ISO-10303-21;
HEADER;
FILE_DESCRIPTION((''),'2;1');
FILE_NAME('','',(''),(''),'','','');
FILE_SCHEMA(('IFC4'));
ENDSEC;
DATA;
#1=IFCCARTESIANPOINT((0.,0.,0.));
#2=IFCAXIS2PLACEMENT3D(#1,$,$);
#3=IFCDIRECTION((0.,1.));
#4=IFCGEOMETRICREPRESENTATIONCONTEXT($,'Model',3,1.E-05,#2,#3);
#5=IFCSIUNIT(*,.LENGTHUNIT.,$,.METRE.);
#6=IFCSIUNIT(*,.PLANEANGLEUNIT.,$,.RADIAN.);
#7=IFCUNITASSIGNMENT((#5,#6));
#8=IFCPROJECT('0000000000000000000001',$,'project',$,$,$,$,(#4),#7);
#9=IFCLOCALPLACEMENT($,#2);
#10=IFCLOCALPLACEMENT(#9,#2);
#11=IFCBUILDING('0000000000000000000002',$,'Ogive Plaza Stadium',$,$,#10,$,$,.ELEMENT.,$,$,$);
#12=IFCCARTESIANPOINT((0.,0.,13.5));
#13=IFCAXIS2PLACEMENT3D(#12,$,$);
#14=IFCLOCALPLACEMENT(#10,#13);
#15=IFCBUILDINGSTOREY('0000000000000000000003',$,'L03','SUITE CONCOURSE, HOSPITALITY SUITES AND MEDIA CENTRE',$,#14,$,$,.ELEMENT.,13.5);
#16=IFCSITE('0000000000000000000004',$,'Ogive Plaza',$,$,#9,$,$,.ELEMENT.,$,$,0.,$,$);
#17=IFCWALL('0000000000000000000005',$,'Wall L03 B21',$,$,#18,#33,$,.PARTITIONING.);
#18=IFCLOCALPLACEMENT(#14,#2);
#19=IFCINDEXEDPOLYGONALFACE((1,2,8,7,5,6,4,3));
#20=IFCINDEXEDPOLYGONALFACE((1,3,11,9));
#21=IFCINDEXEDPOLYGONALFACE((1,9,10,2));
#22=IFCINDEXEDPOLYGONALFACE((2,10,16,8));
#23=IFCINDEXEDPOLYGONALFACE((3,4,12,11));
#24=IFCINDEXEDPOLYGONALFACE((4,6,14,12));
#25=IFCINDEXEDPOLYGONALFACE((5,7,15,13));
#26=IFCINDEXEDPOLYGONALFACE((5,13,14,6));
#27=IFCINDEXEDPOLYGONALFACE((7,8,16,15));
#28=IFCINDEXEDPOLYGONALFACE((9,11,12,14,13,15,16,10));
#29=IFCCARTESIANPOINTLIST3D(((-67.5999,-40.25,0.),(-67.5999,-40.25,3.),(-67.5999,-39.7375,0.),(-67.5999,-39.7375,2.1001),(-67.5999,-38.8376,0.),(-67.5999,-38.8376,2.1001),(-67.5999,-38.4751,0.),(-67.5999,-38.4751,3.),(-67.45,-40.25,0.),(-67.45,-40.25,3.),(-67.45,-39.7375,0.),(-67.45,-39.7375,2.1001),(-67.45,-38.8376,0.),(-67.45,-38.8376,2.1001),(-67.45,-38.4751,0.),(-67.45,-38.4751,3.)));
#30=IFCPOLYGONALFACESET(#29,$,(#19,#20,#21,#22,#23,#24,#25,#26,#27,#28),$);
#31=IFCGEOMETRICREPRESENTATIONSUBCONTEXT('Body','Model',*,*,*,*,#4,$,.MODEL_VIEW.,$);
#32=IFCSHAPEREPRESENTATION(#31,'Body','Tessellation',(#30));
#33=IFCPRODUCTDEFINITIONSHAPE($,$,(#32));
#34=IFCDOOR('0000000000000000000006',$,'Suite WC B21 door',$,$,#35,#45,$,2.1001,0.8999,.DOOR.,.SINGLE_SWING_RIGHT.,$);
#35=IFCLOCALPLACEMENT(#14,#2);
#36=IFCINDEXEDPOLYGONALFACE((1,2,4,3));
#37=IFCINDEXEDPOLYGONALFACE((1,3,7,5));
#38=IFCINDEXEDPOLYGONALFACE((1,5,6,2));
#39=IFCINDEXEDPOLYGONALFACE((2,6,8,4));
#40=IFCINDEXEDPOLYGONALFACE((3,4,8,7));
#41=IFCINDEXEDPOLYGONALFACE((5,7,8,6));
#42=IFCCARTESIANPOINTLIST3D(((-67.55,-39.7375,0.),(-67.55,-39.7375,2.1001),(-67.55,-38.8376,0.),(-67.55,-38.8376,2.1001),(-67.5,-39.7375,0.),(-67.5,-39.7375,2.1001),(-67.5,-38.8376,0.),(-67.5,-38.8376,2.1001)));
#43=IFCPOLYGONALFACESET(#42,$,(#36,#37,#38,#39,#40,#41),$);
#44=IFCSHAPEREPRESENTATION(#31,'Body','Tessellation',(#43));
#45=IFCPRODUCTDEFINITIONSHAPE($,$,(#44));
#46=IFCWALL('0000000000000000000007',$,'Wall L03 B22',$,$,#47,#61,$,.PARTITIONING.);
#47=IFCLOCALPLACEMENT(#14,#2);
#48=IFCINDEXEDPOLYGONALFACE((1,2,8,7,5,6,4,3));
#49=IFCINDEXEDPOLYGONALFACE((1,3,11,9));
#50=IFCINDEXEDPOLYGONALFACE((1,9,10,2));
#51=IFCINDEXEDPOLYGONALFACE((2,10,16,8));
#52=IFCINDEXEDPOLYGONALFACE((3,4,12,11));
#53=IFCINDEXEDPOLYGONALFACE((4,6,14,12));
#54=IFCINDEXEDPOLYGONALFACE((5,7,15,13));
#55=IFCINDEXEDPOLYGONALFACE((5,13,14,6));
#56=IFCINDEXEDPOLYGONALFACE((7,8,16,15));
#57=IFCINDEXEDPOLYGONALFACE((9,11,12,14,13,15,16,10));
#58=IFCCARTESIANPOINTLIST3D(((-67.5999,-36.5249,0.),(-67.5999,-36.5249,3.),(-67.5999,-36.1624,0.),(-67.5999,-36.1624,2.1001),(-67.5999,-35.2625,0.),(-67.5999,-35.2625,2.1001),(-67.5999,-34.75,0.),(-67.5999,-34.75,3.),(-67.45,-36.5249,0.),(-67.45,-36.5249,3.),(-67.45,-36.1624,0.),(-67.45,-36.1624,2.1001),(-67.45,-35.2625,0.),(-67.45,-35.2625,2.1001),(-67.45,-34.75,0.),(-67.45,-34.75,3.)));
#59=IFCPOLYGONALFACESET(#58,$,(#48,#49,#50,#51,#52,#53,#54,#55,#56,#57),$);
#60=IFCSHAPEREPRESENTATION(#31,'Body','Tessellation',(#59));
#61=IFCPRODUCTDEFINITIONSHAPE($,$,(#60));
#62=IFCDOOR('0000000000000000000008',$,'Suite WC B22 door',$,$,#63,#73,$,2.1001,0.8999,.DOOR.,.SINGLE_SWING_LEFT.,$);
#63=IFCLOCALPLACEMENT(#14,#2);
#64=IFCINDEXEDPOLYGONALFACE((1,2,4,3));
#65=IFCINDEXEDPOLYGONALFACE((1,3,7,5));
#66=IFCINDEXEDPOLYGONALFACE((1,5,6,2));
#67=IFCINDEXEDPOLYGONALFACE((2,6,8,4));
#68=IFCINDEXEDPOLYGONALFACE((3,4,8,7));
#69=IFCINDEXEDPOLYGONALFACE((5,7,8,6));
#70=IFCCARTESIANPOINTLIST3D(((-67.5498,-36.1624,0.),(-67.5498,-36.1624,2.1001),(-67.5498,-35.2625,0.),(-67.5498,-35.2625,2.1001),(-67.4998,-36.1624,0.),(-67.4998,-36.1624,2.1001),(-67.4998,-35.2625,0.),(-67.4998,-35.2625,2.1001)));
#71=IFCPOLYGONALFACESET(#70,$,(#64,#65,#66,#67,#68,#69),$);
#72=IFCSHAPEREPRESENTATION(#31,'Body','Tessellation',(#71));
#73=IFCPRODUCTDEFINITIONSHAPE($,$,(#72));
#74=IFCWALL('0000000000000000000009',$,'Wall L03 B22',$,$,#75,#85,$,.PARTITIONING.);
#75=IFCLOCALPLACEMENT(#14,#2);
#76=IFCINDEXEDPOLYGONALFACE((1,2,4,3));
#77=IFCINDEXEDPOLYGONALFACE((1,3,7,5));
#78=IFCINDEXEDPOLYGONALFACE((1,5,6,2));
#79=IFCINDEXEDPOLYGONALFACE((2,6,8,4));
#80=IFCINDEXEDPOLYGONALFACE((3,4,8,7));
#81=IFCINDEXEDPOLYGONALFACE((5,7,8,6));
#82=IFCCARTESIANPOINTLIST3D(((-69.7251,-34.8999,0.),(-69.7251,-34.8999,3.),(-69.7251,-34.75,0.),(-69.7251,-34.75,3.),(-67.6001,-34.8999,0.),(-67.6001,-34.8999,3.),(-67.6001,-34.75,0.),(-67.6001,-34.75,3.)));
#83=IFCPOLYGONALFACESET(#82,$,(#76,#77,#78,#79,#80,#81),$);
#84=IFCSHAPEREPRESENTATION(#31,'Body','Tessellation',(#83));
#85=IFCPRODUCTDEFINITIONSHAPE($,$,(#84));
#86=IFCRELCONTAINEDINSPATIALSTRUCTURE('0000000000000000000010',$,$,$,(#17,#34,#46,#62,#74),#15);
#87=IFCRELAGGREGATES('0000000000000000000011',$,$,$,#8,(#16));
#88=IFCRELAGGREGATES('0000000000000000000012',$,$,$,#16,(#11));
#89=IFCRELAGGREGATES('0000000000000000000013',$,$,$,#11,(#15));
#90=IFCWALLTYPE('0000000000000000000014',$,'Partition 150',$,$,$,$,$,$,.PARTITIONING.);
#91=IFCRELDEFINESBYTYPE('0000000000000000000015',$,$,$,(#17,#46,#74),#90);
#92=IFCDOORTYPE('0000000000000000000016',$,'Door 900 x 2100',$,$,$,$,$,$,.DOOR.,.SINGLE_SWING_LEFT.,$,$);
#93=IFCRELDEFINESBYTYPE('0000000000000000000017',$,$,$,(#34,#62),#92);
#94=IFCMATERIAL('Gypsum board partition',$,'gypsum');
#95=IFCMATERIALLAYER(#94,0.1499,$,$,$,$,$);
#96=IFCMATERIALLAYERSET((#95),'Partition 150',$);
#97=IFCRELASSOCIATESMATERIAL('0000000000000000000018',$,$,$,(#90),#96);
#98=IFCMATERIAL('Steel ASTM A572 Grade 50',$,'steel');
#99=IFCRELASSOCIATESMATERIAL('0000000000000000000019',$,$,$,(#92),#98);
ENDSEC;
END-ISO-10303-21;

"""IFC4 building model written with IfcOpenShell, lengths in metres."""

from ifc_helpers import new_model, si_unit, direction, frame, frame_2d, origin, place, context, subcontext, project, spatial, rectangle, extrude, material, layer, layer_set, type_object, element, fill, save


model = new_model("IFC4")

# Units and contexts
model_context = context("Model", 3, precision=1e-05, world=origin(), true_north=direction((0.0, 1.0)))
body_context = subcontext(model_context, "Body", "Model", "MODEL_VIEW")
ifc_project = project(units=[si_unit("LENGTHUNIT", "METRE"), si_unit("PLANEANGLEUNIT", "RADIAN")], contexts=[model_context])

# Site, building, storey
site_placement = place(None, origin())
site = spatial("IfcSite", under=ifc_project, at=site_placement, Name="Ogive Plaza", CompositionType="ELEMENT", RefElevation=0.0)
building_placement = place(site_placement, origin())
building = spatial("IfcBuilding", under=site, at=building_placement, Name="Ogive Plaza Stadium", CompositionType="ELEMENT")
storey_placement = place(building_placement, frame((0.0, 0.0, 13.5)))
storey = spatial("IfcBuildingStorey", under=building, at=storey_placement, Name="L03", Description="SUITE CONCOURSE, HOSPITALITY SUITES AND MEDIA CENTRE", CompositionType="ELEMENT", Elevation=13.5)

# Walls, openings, doors
ifc_material_1 = material(Name="Gypsum board partition", Category="gypsum")
ifc_layer_1 = layer(ifc_material_1, 0.1499)
ifc_layer_set_1 = layer_set([ifc_layer_1], Name="Partition 150")
wall_type_1 = type_object("IfcWallType", Name="Partition 150", PredefinedType="PARTITIONING", material=ifc_layer_set_1)
wall_1_placement = place(storey_placement, frame((-67.5249, -38.4751, 0.0), z_axis=(0.0, 0.0, 1.0), x_axis=(0.0, -1.0, 0.0)))
wall_1 = element("IfcWall", 1, at=wall_1_placement, inside=storey, type_object=wall_type_1, Name="Wall L03 B21", PredefinedType="PARTITIONING", context=body_context, shape_type="SweptSolid", body=[
    extrude(rectangle(XDim=1.7749, YDim=0.1499, at=frame_2d((0.8875, 0.0))), origin(), (0.0, 0.0, 1.0), 3.0),
])
opening_1_placement = place(wall_1_placement, frame((0.3625, 0.0, 0.0)))
opening_1 = element("IfcOpeningElement", 2, at=opening_1_placement, cuts=wall_1, PredefinedType="OPENING", context=body_context, shape_type="SweptSolid", body=[
    extrude(rectangle(XDim=0.8999, YDim=2.1001, at=frame_2d((0.45, 1.05))), frame((0.0, 0.075, 0.0), z_axis=(0.0, -1.0, 0.0), x_axis=(1.0, 0.0, 0.0)), (0.0, 0.0, 1.0), 0.1499),
])
ifc_material_2 = material(Name="Steel ASTM A572 Grade 50", Category="steel")
door_type_1 = type_object("IfcDoorType", Name="Door 900 x 2100", OperationType="SINGLE_SWING_LEFT", PredefinedType="DOOR", material=ifc_material_2)
door_1_placement = place(opening_1_placement, origin())
door_1 = element("IfcDoor", 3, at=door_1_placement, inside=storey, type_object=door_type_1, Name="Suite WC B21 door", OperationType="SINGLE_SWING_RIGHT", OverallHeight=2.1001, OverallWidth=0.8999, PredefinedType="DOOR", context=body_context, shape_type="SweptSolid", body=[
    extrude(rectangle(XDim=0.8999, YDim=2.1001, at=frame_2d((0.45, 1.05))), frame((0.0, 0.0249, 0.0), z_axis=(0.0, -1.0, 0.0), x_axis=(1.0, 0.0, 0.0)), (0.0, 0.0, 1.0), 0.05),
])
fill(opening_1, door_1)
wall_2_placement = place(storey_placement, frame((-67.5249, -36.5249, 0.0), z_axis=(0.0, 0.0, 1.0), x_axis=(0.0, 1.0, 0.0)))
wall_2 = element("IfcWall", 4, at=wall_2_placement, inside=storey, type_object=wall_type_1, Name="Wall L03 B22", PredefinedType="PARTITIONING", context=body_context, shape_type="SweptSolid", body=[
    extrude(rectangle(XDim=1.7749, YDim=0.1499, at=frame_2d((0.8875, 0.0))), origin(), (0.0, 0.0, 1.0), 3.0),
])
opening_2_placement = place(wall_2_placement, frame((0.3625, 0.0, 0.0)))
opening_2 = element("IfcOpeningElement", 5, at=opening_2_placement, cuts=wall_2, PredefinedType="OPENING", context=body_context, shape_type="SweptSolid", body=[
    extrude(rectangle(XDim=0.8999, YDim=2.1001, at=frame_2d((0.45, 1.05))), frame((0.0, 0.075, 0.0), z_axis=(0.0, -1.0, 0.0), x_axis=(1.0, 0.0, 0.0)), (0.0, 0.0, 1.0), 0.1499),
])
door_2_placement = place(opening_2_placement, origin())
door_2 = element("IfcDoor", 6, at=door_2_placement, inside=storey, type_object=door_type_1, Name="Suite WC B22 door", OperationType="SINGLE_SWING_LEFT", OverallHeight=2.1001, OverallWidth=0.8999, PredefinedType="DOOR", context=body_context, shape_type="SweptSolid", body=[
    extrude(rectangle(XDim=0.8999, YDim=2.1001, at=frame_2d((0.45, 1.05))), frame((0.0, 0.0249, 0.0), z_axis=(0.0, -1.0, 0.0), x_axis=(1.0, 0.0, 0.0)), (0.0, 0.0, 1.0), 0.05),
])
fill(opening_2, door_2)

# Wall
wall_3_placement = place(storey_placement, frame((-67.6001, -34.825, 0.0), z_axis=(0.0, 0.0, 1.0), x_axis=(-1.0, 0.0, 0.0)))
element("IfcWall", 7, at=wall_3_placement, inside=storey, type_object=wall_type_1, Name="Wall L03 B22", PredefinedType="PARTITIONING", context=body_context, shape_type="SweptSolid", body=[
    extrude(rectangle(XDim=2.125, YDim=0.1499, at=frame_2d((1.0625, 0.0))), origin(), (0.0, 0.0, 1.0), 3.0),
])

save(model, "model.ifc")
